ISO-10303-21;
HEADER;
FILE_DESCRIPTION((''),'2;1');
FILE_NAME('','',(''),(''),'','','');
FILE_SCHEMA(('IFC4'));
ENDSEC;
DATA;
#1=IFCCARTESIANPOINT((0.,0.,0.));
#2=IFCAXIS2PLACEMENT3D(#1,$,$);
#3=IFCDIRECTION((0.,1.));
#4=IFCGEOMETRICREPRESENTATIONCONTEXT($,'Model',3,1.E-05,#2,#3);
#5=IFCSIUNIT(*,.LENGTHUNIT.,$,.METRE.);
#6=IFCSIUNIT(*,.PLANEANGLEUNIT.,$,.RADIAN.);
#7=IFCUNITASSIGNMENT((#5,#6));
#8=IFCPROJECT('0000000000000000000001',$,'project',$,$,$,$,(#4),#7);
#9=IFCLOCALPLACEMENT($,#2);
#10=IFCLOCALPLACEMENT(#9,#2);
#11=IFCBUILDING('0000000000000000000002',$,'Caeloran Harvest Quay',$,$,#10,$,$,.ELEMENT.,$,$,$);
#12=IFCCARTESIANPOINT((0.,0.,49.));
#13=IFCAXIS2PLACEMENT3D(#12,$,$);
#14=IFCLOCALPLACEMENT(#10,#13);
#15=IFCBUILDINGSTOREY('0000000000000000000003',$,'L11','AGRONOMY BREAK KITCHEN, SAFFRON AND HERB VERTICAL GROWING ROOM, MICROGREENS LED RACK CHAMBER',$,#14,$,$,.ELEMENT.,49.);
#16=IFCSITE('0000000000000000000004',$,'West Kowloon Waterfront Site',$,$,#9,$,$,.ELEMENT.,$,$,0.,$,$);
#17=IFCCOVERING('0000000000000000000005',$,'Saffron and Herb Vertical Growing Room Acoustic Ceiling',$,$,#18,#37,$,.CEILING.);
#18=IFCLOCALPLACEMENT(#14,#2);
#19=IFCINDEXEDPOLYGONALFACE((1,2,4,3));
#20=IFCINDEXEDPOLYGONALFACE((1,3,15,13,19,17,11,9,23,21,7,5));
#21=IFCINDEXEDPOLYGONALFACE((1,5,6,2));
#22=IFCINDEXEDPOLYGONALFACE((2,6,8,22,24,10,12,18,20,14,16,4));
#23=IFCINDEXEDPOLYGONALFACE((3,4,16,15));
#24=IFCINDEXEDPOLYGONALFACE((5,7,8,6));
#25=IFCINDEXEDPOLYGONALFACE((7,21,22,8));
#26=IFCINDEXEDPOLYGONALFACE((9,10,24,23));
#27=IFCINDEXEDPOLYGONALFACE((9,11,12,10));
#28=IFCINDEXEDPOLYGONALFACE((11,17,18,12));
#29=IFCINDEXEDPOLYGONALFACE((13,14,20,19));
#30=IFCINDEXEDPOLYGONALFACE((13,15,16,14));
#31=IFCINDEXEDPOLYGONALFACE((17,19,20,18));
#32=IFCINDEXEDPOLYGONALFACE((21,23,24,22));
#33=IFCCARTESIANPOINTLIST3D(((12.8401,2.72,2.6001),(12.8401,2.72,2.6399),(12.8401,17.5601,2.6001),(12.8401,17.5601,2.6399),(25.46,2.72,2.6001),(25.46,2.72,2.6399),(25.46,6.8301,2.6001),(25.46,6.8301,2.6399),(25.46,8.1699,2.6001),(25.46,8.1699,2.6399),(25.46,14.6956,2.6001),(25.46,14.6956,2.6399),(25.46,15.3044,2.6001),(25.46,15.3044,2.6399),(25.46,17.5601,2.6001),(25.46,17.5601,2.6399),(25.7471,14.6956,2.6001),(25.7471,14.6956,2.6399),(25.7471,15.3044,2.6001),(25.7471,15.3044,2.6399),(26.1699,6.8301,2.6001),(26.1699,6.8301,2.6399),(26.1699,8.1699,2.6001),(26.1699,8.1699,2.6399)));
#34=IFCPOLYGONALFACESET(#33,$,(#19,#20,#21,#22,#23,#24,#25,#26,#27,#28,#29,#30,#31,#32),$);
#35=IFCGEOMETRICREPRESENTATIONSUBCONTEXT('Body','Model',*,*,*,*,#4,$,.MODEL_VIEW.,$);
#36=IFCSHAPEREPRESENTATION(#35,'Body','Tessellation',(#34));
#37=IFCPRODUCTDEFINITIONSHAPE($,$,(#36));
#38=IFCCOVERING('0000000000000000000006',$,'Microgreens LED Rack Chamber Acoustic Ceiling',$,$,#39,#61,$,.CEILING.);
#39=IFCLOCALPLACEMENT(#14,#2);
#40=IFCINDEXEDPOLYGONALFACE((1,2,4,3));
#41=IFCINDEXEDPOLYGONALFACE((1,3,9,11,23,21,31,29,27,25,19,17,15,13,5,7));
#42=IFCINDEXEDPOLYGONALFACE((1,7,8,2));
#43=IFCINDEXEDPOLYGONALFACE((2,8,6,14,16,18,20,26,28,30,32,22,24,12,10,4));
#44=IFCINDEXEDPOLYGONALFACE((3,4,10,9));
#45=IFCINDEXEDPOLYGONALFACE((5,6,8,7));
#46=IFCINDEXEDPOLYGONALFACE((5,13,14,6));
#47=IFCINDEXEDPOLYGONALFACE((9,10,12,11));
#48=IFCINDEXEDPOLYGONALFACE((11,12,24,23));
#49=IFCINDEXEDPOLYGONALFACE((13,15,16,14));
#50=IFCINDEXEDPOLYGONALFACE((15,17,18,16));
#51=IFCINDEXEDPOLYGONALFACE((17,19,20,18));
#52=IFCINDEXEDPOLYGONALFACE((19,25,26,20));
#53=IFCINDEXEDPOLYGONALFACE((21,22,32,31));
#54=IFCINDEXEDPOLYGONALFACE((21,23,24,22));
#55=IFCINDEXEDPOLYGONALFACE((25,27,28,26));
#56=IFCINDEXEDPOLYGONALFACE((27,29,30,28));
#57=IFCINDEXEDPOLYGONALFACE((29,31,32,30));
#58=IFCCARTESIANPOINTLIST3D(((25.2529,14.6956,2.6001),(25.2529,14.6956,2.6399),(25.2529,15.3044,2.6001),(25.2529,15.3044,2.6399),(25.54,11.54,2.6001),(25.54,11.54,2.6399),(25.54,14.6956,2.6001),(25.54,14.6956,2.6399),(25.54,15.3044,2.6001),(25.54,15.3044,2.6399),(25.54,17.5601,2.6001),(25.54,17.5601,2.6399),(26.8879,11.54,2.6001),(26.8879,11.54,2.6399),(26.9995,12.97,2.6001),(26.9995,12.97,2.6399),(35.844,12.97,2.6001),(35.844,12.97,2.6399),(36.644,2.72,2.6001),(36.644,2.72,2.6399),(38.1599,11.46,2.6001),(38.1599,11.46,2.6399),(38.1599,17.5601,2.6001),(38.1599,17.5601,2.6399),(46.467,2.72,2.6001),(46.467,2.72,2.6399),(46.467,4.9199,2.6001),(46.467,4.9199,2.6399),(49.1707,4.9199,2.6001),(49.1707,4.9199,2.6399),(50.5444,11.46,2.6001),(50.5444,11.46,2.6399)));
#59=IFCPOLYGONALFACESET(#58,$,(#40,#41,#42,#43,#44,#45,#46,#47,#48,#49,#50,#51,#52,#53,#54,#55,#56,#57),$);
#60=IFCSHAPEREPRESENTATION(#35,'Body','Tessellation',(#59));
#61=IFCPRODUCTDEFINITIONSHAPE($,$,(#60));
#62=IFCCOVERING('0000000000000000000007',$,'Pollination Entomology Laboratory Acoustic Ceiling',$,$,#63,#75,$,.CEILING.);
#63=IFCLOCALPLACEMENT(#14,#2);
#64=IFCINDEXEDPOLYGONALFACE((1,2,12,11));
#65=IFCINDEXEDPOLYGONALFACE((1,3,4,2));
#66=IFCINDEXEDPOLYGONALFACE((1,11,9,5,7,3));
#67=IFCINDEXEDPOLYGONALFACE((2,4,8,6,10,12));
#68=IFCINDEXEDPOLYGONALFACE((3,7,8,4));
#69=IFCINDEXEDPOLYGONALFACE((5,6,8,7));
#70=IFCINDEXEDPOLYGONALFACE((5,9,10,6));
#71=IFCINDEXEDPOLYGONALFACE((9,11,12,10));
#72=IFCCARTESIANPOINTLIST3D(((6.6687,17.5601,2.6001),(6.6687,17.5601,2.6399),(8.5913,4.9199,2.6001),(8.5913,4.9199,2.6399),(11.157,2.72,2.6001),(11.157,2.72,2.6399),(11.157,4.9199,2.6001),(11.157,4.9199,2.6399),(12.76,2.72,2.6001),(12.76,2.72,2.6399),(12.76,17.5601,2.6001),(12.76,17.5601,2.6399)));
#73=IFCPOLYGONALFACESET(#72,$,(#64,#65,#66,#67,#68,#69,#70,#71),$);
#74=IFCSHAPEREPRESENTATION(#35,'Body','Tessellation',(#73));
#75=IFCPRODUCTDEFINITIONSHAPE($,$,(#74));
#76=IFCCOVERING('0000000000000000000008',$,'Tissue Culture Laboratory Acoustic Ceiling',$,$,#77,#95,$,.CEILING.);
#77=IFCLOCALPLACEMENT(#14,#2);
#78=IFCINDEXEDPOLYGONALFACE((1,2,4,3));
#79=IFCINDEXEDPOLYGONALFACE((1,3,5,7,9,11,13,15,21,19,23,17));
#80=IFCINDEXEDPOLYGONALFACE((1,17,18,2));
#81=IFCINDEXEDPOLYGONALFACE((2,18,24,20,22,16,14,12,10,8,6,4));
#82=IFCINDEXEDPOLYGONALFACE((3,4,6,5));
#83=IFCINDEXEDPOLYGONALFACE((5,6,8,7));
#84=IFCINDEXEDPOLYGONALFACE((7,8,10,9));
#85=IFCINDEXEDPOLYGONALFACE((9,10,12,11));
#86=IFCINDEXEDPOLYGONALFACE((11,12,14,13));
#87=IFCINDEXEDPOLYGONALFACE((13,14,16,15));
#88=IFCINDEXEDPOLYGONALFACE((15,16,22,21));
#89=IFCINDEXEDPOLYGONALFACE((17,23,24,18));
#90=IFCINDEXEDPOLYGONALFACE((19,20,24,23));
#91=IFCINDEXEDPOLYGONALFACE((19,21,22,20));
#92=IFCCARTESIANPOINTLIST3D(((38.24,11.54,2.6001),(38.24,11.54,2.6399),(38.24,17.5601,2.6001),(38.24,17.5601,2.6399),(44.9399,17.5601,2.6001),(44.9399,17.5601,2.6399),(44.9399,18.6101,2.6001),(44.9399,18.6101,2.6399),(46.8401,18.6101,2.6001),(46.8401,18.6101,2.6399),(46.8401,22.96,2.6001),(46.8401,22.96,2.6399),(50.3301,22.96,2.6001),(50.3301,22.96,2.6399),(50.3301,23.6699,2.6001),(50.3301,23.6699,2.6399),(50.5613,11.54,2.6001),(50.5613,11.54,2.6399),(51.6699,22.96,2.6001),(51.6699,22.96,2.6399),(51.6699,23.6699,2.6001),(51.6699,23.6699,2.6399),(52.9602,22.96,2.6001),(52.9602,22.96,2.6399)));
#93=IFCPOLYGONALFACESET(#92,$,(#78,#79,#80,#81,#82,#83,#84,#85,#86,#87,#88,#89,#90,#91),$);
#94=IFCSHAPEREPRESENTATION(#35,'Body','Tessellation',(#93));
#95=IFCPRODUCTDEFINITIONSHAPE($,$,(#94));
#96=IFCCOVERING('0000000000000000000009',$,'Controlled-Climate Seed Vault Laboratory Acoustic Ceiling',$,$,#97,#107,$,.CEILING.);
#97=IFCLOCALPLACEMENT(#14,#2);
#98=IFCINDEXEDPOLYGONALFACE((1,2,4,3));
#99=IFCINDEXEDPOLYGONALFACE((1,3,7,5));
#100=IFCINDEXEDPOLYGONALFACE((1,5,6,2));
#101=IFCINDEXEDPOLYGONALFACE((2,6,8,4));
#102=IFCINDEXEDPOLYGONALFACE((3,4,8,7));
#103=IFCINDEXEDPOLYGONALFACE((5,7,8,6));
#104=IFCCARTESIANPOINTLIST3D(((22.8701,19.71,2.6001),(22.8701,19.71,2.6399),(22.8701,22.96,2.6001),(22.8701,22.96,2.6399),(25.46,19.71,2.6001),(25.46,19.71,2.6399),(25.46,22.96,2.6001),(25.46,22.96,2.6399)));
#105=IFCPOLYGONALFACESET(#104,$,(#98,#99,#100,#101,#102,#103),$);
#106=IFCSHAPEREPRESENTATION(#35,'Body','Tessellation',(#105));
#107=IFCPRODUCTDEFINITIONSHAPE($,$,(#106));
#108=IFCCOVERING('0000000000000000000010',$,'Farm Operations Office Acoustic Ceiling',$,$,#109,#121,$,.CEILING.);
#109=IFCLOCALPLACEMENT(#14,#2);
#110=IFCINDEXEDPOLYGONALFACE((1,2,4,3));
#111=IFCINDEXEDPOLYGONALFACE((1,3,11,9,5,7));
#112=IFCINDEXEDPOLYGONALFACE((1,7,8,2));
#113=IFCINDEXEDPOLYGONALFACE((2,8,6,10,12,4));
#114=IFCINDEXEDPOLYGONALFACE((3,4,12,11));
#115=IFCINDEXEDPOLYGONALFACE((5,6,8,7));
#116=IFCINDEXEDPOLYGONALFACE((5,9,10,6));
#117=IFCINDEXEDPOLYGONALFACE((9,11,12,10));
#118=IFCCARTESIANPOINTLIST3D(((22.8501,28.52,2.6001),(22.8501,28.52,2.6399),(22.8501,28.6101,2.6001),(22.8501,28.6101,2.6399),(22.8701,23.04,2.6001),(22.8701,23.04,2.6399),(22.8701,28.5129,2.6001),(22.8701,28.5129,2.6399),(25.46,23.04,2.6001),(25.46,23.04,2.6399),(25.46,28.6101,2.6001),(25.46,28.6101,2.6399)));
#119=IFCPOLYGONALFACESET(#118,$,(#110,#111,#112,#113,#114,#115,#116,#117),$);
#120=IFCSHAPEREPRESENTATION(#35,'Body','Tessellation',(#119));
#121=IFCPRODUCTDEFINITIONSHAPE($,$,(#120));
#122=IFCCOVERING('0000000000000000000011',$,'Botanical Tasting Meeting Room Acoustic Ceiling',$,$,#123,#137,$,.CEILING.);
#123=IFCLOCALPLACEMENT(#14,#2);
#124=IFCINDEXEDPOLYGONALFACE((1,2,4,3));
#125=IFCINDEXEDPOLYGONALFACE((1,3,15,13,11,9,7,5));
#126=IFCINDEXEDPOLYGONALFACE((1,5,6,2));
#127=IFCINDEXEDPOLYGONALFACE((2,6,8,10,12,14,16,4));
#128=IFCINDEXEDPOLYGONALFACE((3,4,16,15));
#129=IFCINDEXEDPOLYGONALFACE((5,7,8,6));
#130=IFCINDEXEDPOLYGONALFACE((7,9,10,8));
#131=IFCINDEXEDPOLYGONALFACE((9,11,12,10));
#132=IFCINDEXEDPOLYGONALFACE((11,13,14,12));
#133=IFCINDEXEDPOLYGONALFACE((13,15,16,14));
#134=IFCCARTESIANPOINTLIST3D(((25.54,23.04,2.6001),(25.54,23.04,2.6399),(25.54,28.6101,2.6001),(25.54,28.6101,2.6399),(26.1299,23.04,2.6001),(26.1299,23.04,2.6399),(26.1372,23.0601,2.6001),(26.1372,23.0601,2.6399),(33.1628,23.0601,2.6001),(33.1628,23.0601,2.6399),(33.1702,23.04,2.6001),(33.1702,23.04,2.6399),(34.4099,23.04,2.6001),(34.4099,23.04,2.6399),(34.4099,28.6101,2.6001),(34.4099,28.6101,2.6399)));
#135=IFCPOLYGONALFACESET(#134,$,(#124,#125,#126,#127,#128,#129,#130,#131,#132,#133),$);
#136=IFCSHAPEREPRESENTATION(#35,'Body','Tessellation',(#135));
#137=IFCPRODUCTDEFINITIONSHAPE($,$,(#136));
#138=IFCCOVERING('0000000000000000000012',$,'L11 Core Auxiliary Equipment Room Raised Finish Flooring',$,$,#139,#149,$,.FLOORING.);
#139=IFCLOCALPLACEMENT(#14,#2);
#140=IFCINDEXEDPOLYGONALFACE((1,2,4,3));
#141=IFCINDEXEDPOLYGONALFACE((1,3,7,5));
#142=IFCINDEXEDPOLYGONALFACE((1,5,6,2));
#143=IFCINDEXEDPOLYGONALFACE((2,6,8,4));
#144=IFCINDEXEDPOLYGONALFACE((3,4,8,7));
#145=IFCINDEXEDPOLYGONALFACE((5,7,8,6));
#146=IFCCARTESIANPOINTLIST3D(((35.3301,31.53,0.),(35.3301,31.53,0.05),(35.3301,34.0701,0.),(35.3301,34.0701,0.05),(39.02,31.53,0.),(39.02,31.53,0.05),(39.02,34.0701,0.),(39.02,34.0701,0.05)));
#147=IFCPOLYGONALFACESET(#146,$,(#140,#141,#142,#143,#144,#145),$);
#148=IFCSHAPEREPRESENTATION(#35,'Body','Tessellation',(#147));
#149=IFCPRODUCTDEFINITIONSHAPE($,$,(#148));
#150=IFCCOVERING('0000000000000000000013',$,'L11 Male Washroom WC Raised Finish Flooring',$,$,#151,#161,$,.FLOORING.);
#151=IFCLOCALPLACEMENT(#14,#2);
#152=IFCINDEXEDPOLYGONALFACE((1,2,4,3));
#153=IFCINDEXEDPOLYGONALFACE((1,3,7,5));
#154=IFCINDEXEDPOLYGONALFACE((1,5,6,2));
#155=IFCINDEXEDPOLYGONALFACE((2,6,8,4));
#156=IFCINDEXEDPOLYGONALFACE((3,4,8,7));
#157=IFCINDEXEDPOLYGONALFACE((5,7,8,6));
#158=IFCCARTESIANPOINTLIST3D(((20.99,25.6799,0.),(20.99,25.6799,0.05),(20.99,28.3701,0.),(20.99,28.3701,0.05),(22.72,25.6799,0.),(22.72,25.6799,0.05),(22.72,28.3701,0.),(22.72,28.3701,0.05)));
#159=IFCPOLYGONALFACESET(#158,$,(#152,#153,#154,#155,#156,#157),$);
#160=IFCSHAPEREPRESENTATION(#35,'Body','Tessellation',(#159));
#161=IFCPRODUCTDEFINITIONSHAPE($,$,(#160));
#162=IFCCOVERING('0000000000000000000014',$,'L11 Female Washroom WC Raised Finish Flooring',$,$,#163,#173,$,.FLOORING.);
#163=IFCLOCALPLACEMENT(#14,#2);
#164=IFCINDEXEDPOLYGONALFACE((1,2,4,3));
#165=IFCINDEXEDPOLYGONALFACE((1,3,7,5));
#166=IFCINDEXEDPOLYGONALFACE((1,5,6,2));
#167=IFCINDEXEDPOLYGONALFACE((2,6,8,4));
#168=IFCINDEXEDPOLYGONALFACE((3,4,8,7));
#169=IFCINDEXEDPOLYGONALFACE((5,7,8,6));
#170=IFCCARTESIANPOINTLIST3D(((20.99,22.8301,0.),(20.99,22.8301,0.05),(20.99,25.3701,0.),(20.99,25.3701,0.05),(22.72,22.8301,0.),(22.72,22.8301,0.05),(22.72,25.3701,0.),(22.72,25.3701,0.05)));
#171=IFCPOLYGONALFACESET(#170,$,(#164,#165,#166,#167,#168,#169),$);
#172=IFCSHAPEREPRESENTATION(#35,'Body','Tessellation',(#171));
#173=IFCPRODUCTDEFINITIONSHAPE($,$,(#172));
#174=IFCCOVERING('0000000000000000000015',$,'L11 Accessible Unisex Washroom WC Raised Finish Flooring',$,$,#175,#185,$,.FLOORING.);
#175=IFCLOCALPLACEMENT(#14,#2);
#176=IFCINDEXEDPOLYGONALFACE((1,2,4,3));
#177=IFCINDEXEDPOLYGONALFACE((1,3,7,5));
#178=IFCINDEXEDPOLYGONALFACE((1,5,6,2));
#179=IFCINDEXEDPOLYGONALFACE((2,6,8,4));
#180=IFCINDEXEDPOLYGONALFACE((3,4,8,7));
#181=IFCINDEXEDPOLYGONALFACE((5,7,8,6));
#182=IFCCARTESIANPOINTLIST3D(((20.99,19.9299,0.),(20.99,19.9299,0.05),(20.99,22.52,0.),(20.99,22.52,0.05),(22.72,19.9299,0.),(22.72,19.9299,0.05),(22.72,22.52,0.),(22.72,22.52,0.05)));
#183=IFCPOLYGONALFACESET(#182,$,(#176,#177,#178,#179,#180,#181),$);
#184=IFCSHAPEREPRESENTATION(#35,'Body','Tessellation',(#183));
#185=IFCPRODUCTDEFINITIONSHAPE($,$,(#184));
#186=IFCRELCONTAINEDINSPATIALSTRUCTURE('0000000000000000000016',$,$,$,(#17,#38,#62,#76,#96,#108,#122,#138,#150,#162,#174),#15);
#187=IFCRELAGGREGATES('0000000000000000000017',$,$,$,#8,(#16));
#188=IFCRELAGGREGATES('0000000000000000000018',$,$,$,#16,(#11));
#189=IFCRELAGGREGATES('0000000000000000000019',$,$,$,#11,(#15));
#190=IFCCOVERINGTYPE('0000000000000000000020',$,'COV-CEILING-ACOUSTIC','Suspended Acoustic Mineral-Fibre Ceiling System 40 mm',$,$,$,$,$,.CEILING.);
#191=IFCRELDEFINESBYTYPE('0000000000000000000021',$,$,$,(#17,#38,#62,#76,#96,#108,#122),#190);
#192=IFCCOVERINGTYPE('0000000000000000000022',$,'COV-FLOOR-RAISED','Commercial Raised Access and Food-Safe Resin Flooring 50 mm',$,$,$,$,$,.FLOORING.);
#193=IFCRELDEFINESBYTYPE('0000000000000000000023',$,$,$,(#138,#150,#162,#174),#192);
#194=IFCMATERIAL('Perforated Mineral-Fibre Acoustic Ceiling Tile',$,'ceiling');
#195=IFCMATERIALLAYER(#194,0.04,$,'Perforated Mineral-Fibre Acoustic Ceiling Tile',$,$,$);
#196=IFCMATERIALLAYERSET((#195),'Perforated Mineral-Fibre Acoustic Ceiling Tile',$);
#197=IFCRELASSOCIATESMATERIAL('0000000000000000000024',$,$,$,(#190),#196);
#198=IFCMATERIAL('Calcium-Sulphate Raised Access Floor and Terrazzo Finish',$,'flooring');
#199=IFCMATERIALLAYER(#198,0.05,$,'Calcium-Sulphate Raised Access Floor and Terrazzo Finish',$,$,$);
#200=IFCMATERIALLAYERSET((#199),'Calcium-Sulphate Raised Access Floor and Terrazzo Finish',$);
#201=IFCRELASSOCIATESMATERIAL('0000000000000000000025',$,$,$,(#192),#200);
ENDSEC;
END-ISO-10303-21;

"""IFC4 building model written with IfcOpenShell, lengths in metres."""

from ifc_helpers import new_model, si_unit, direction, frame, origin, place, context, subcontext, project, spatial, polyline, outline, extrude, material, layer, layer_set, type_object, element, save


model = new_model("IFC4")

# Units and contexts
model_context = context("Model", 3, precision=1e-05, world=origin(), true_north=direction((0.0, 1.0)))
body_context = subcontext(model_context, "Body", "Model", "MODEL_VIEW")
ifc_project = project(units=[si_unit("LENGTHUNIT", "METRE"), si_unit("PLANEANGLEUNIT", "RADIAN")], contexts=[model_context])

# Site, building, storey
site_placement = place(None, origin())
site = spatial("IfcSite", under=ifc_project, at=site_placement, Name="West Kowloon Waterfront Site", CompositionType="ELEMENT", RefElevation=0.0)
building_placement = place(site_placement, origin())
building = spatial("IfcBuilding", under=site, at=building_placement, Name="Caeloran Harvest Quay", CompositionType="ELEMENT")
storey_placement = place(building_placement, frame((0.0, 0.0, 49.0)))
storey = spatial("IfcBuildingStorey", under=building, at=storey_placement, Name="L11", Description="AGRONOMY BREAK KITCHEN, SAFFRON AND HERB VERTICAL GROWING ROOM, MICROGREENS LED RACK CHAMBER", CompositionType="ELEMENT", Elevation=49.0)

# Coverings
ifc_material_1 = material(Name="Perforated Mineral-Fibre Acoustic Ceiling Tile", Category="ceiling")
ifc_layer_1 = layer(ifc_material_1, 0.04, Name="Perforated Mineral-Fibre Acoustic Ceiling Tile")
ifc_layer_set_1 = layer_set([ifc_layer_1], Name="Perforated Mineral-Fibre Acoustic Ceiling Tile")
covering_type_1 = type_object("IfcCoveringType", Name="COV-CEILING-ACOUSTIC", Description="Suspended Acoustic Mineral-Fibre Ceiling System 40 mm", PredefinedType="CEILING", material=ifc_layer_set_1)
covering_1_placement = place(storey_placement, frame((0.0, 0.0, 2.6001)))
element("IfcCovering", 1, at=covering_1_placement, inside=storey, type_object=covering_type_1, Name="Saffron and Herb Vertical Growing Room Acoustic Ceiling", PredefinedType="CEILING", context=body_context, shape_type="SweptSolid", body=[
    extrude(outline(polyline([(26.1699, 8.1699), (26.1699, 6.8301), (25.46, 6.8301), (25.46, 2.72), (12.8401, 2.72), (12.8401, 17.5601), (25.46, 17.5601), (25.46, 15.3044), (25.7471, 15.3044), (25.7471, 14.6956), (25.46, 14.6956), (25.46, 8.1699), (26.1699, 8.1699)])), origin(), (0.0, 0.0, 1.0), 0.0398),
])
covering_2_placement = place(storey_placement, frame((0.0, 0.0, 2.6001)))
element("IfcCovering", 2, at=covering_2_placement, inside=storey, type_object=covering_type_1, Name="Microgreens LED Rack Chamber Acoustic Ceiling", PredefinedType="CEILING", context=body_context, shape_type="SweptSolid", body=[
    extrude(outline(polyline([(46.467, 2.72), (36.644, 2.72), (35.844, 12.97), (26.9995, 12.97), (26.8879, 11.54), (25.54, 11.54), (25.54, 14.6956), (25.2529, 14.6956), (25.2529, 15.3044), (25.54, 15.3044), (25.54, 17.5601), (38.1599, 17.5601), (38.1599, 11.46), (50.5444, 11.46), (49.1707, 4.9199), (46.467, 4.9199), (46.467, 2.72)])), origin(), (0.0, 0.0, 1.0), 0.0398),
])
covering_3_placement = place(storey_placement, frame((0.0, 0.0, 2.6001)))
element("IfcCovering", 3, at=covering_3_placement, inside=storey, type_object=covering_type_1, Name="Pollination Entomology Laboratory Acoustic Ceiling", PredefinedType="CEILING", context=body_context, shape_type="SweptSolid", body=[
    extrude(outline(polyline([(12.76, 2.72), (11.157, 2.72), (11.157, 4.9199), (8.5913, 4.9199), (6.6687, 17.5601), (12.76, 17.5601), (12.76, 2.72)])), origin(), (0.0, 0.0, 1.0), 0.0398),
])
covering_4_placement = place(storey_placement, frame((0.0, 0.0, 2.6001)))
element("IfcCovering", 4, at=covering_4_placement, inside=storey, type_object=covering_type_1, Name="Tissue Culture Laboratory Acoustic Ceiling", PredefinedType="CEILING", context=body_context, shape_type="SweptSolid", body=[
    extrude(outline(polyline([(44.9399, 18.6101), (46.8401, 18.6101), (46.8401, 22.96), (50.3301, 22.96), (50.3301, 23.6699), (51.6699, 23.6699), (51.6699, 22.96), (52.9602, 22.96), (50.5613, 11.54), (38.24, 11.54), (38.24, 17.5601), (44.9399, 17.5601), (44.9399, 18.6101)])), origin(), (0.0, 0.0, 1.0), 0.0398),
])
covering_5_placement = place(storey_placement, frame((0.0, 0.0, 2.6001)))
element("IfcCovering", 5, at=covering_5_placement, inside=storey, type_object=covering_type_1, Name="Controlled-Climate Seed Vault Laboratory Acoustic Ceiling", PredefinedType="CEILING", context=body_context, shape_type="SweptSolid", body=[
    extrude(outline(polyline([(25.46, 19.71), (22.8701, 19.71), (22.8701, 22.96), (25.46, 22.96), (25.46, 19.71)])), origin(), (0.0, 0.0, 1.0), 0.0398),
])
covering_6_placement = place(storey_placement, frame((0.0, 0.0, 2.6001)))
element("IfcCovering", 6, at=covering_6_placement, inside=storey, type_object=covering_type_1, Name="Farm Operations Office Acoustic Ceiling", PredefinedType="CEILING", context=body_context, shape_type="SweptSolid", body=[
    extrude(outline(polyline([(22.8701, 28.5129), (22.8501, 28.52), (22.8501, 28.6101), (25.46, 28.6101), (25.46, 23.04), (22.8701, 23.04), (22.8701, 28.5129)])), origin(), (0.0, 0.0, 1.0), 0.0398),
])
covering_7_placement = place(storey_placement, frame((0.0, 0.0, 2.6001)))
element("IfcCovering", 7, at=covering_7_placement, inside=storey, type_object=covering_type_1, Name="Botanical Tasting Meeting Room Acoustic Ceiling", PredefinedType="CEILING", context=body_context, shape_type="SweptSolid", body=[
    extrude(outline(polyline([(26.1372, 23.0601), (26.1299, 23.04), (25.54, 23.04), (25.54, 28.6101), (34.4099, 28.6101), (34.4099, 23.04), (33.1702, 23.04), (33.1628, 23.0601), (26.1372, 23.0601)])), origin(), (0.0, 0.0, 1.0), 0.0398),
])
ifc_material_2 = material(Name="Calcium-Sulphate Raised Access Floor and Terrazzo Finish", Category="flooring")
ifc_layer_2 = layer(ifc_material_2, 0.05, Name="Calcium-Sulphate Raised Access Floor and Terrazzo Finish")
ifc_layer_set_2 = layer_set([ifc_layer_2], Name="Calcium-Sulphate Raised Access Floor and Terrazzo Finish")
covering_type_2 = type_object("IfcCoveringType", Name="COV-FLOOR-RAISED", Description="Commercial Raised Access and Food-Safe Resin Flooring 50 mm", PredefinedType="FLOORING", material=ifc_layer_set_2)
covering_8_placement = place(storey_placement, origin())
element("IfcCovering", 8, at=covering_8_placement, inside=storey, type_object=covering_type_2, Name="L11 Core Auxiliary Equipment Room Raised Finish Flooring", PredefinedType="FLOORING", context=body_context, shape_type="SweptSolid", body=[
    extrude(outline(polyline([(39.02, 34.0701), (39.02, 31.53), (35.3301, 31.53), (35.3301, 34.0701), (39.02, 34.0701)])), origin(), (0.0, 0.0, 1.0), 0.05),
])
covering_9_placement = place(storey_placement, origin())
element("IfcCovering", 9, at=covering_9_placement, inside=storey, type_object=covering_type_2, Name="L11 Male Washroom WC Raised Finish Flooring", PredefinedType="FLOORING", context=body_context, shape_type="SweptSolid", body=[
    extrude(outline(polyline([(22.72, 25.6799), (20.99, 25.6799), (20.99, 28.3701), (22.72, 28.3701), (22.72, 25.6799)])), origin(), (0.0, 0.0, 1.0), 0.05),
])
covering_10_placement = place(storey_placement, origin())
element("IfcCovering", 10, at=covering_10_placement, inside=storey, type_object=covering_type_2, Name="L11 Female Washroom WC Raised Finish Flooring", PredefinedType="FLOORING", context=body_context, shape_type="SweptSolid", body=[
    extrude(outline(polyline([(22.72, 22.8301), (20.99, 22.8301), (20.99, 25.3701), (22.72, 25.3701), (22.72, 22.8301)])), origin(), (0.0, 0.0, 1.0), 0.05),
])
covering_11_placement = place(storey_placement, origin())
element("IfcCovering", 11, at=covering_11_placement, inside=storey, type_object=covering_type_2, Name="L11 Accessible Unisex Washroom WC Raised Finish Flooring", PredefinedType="FLOORING", context=body_context, shape_type="SweptSolid", body=[
    extrude(outline(polyline([(22.72, 19.9299), (20.99, 19.9299), (20.99, 22.52), (22.72, 22.52), (22.72, 19.9299)])), origin(), (0.0, 0.0, 1.0), 0.05),
])

save(model, "model.ifc")
